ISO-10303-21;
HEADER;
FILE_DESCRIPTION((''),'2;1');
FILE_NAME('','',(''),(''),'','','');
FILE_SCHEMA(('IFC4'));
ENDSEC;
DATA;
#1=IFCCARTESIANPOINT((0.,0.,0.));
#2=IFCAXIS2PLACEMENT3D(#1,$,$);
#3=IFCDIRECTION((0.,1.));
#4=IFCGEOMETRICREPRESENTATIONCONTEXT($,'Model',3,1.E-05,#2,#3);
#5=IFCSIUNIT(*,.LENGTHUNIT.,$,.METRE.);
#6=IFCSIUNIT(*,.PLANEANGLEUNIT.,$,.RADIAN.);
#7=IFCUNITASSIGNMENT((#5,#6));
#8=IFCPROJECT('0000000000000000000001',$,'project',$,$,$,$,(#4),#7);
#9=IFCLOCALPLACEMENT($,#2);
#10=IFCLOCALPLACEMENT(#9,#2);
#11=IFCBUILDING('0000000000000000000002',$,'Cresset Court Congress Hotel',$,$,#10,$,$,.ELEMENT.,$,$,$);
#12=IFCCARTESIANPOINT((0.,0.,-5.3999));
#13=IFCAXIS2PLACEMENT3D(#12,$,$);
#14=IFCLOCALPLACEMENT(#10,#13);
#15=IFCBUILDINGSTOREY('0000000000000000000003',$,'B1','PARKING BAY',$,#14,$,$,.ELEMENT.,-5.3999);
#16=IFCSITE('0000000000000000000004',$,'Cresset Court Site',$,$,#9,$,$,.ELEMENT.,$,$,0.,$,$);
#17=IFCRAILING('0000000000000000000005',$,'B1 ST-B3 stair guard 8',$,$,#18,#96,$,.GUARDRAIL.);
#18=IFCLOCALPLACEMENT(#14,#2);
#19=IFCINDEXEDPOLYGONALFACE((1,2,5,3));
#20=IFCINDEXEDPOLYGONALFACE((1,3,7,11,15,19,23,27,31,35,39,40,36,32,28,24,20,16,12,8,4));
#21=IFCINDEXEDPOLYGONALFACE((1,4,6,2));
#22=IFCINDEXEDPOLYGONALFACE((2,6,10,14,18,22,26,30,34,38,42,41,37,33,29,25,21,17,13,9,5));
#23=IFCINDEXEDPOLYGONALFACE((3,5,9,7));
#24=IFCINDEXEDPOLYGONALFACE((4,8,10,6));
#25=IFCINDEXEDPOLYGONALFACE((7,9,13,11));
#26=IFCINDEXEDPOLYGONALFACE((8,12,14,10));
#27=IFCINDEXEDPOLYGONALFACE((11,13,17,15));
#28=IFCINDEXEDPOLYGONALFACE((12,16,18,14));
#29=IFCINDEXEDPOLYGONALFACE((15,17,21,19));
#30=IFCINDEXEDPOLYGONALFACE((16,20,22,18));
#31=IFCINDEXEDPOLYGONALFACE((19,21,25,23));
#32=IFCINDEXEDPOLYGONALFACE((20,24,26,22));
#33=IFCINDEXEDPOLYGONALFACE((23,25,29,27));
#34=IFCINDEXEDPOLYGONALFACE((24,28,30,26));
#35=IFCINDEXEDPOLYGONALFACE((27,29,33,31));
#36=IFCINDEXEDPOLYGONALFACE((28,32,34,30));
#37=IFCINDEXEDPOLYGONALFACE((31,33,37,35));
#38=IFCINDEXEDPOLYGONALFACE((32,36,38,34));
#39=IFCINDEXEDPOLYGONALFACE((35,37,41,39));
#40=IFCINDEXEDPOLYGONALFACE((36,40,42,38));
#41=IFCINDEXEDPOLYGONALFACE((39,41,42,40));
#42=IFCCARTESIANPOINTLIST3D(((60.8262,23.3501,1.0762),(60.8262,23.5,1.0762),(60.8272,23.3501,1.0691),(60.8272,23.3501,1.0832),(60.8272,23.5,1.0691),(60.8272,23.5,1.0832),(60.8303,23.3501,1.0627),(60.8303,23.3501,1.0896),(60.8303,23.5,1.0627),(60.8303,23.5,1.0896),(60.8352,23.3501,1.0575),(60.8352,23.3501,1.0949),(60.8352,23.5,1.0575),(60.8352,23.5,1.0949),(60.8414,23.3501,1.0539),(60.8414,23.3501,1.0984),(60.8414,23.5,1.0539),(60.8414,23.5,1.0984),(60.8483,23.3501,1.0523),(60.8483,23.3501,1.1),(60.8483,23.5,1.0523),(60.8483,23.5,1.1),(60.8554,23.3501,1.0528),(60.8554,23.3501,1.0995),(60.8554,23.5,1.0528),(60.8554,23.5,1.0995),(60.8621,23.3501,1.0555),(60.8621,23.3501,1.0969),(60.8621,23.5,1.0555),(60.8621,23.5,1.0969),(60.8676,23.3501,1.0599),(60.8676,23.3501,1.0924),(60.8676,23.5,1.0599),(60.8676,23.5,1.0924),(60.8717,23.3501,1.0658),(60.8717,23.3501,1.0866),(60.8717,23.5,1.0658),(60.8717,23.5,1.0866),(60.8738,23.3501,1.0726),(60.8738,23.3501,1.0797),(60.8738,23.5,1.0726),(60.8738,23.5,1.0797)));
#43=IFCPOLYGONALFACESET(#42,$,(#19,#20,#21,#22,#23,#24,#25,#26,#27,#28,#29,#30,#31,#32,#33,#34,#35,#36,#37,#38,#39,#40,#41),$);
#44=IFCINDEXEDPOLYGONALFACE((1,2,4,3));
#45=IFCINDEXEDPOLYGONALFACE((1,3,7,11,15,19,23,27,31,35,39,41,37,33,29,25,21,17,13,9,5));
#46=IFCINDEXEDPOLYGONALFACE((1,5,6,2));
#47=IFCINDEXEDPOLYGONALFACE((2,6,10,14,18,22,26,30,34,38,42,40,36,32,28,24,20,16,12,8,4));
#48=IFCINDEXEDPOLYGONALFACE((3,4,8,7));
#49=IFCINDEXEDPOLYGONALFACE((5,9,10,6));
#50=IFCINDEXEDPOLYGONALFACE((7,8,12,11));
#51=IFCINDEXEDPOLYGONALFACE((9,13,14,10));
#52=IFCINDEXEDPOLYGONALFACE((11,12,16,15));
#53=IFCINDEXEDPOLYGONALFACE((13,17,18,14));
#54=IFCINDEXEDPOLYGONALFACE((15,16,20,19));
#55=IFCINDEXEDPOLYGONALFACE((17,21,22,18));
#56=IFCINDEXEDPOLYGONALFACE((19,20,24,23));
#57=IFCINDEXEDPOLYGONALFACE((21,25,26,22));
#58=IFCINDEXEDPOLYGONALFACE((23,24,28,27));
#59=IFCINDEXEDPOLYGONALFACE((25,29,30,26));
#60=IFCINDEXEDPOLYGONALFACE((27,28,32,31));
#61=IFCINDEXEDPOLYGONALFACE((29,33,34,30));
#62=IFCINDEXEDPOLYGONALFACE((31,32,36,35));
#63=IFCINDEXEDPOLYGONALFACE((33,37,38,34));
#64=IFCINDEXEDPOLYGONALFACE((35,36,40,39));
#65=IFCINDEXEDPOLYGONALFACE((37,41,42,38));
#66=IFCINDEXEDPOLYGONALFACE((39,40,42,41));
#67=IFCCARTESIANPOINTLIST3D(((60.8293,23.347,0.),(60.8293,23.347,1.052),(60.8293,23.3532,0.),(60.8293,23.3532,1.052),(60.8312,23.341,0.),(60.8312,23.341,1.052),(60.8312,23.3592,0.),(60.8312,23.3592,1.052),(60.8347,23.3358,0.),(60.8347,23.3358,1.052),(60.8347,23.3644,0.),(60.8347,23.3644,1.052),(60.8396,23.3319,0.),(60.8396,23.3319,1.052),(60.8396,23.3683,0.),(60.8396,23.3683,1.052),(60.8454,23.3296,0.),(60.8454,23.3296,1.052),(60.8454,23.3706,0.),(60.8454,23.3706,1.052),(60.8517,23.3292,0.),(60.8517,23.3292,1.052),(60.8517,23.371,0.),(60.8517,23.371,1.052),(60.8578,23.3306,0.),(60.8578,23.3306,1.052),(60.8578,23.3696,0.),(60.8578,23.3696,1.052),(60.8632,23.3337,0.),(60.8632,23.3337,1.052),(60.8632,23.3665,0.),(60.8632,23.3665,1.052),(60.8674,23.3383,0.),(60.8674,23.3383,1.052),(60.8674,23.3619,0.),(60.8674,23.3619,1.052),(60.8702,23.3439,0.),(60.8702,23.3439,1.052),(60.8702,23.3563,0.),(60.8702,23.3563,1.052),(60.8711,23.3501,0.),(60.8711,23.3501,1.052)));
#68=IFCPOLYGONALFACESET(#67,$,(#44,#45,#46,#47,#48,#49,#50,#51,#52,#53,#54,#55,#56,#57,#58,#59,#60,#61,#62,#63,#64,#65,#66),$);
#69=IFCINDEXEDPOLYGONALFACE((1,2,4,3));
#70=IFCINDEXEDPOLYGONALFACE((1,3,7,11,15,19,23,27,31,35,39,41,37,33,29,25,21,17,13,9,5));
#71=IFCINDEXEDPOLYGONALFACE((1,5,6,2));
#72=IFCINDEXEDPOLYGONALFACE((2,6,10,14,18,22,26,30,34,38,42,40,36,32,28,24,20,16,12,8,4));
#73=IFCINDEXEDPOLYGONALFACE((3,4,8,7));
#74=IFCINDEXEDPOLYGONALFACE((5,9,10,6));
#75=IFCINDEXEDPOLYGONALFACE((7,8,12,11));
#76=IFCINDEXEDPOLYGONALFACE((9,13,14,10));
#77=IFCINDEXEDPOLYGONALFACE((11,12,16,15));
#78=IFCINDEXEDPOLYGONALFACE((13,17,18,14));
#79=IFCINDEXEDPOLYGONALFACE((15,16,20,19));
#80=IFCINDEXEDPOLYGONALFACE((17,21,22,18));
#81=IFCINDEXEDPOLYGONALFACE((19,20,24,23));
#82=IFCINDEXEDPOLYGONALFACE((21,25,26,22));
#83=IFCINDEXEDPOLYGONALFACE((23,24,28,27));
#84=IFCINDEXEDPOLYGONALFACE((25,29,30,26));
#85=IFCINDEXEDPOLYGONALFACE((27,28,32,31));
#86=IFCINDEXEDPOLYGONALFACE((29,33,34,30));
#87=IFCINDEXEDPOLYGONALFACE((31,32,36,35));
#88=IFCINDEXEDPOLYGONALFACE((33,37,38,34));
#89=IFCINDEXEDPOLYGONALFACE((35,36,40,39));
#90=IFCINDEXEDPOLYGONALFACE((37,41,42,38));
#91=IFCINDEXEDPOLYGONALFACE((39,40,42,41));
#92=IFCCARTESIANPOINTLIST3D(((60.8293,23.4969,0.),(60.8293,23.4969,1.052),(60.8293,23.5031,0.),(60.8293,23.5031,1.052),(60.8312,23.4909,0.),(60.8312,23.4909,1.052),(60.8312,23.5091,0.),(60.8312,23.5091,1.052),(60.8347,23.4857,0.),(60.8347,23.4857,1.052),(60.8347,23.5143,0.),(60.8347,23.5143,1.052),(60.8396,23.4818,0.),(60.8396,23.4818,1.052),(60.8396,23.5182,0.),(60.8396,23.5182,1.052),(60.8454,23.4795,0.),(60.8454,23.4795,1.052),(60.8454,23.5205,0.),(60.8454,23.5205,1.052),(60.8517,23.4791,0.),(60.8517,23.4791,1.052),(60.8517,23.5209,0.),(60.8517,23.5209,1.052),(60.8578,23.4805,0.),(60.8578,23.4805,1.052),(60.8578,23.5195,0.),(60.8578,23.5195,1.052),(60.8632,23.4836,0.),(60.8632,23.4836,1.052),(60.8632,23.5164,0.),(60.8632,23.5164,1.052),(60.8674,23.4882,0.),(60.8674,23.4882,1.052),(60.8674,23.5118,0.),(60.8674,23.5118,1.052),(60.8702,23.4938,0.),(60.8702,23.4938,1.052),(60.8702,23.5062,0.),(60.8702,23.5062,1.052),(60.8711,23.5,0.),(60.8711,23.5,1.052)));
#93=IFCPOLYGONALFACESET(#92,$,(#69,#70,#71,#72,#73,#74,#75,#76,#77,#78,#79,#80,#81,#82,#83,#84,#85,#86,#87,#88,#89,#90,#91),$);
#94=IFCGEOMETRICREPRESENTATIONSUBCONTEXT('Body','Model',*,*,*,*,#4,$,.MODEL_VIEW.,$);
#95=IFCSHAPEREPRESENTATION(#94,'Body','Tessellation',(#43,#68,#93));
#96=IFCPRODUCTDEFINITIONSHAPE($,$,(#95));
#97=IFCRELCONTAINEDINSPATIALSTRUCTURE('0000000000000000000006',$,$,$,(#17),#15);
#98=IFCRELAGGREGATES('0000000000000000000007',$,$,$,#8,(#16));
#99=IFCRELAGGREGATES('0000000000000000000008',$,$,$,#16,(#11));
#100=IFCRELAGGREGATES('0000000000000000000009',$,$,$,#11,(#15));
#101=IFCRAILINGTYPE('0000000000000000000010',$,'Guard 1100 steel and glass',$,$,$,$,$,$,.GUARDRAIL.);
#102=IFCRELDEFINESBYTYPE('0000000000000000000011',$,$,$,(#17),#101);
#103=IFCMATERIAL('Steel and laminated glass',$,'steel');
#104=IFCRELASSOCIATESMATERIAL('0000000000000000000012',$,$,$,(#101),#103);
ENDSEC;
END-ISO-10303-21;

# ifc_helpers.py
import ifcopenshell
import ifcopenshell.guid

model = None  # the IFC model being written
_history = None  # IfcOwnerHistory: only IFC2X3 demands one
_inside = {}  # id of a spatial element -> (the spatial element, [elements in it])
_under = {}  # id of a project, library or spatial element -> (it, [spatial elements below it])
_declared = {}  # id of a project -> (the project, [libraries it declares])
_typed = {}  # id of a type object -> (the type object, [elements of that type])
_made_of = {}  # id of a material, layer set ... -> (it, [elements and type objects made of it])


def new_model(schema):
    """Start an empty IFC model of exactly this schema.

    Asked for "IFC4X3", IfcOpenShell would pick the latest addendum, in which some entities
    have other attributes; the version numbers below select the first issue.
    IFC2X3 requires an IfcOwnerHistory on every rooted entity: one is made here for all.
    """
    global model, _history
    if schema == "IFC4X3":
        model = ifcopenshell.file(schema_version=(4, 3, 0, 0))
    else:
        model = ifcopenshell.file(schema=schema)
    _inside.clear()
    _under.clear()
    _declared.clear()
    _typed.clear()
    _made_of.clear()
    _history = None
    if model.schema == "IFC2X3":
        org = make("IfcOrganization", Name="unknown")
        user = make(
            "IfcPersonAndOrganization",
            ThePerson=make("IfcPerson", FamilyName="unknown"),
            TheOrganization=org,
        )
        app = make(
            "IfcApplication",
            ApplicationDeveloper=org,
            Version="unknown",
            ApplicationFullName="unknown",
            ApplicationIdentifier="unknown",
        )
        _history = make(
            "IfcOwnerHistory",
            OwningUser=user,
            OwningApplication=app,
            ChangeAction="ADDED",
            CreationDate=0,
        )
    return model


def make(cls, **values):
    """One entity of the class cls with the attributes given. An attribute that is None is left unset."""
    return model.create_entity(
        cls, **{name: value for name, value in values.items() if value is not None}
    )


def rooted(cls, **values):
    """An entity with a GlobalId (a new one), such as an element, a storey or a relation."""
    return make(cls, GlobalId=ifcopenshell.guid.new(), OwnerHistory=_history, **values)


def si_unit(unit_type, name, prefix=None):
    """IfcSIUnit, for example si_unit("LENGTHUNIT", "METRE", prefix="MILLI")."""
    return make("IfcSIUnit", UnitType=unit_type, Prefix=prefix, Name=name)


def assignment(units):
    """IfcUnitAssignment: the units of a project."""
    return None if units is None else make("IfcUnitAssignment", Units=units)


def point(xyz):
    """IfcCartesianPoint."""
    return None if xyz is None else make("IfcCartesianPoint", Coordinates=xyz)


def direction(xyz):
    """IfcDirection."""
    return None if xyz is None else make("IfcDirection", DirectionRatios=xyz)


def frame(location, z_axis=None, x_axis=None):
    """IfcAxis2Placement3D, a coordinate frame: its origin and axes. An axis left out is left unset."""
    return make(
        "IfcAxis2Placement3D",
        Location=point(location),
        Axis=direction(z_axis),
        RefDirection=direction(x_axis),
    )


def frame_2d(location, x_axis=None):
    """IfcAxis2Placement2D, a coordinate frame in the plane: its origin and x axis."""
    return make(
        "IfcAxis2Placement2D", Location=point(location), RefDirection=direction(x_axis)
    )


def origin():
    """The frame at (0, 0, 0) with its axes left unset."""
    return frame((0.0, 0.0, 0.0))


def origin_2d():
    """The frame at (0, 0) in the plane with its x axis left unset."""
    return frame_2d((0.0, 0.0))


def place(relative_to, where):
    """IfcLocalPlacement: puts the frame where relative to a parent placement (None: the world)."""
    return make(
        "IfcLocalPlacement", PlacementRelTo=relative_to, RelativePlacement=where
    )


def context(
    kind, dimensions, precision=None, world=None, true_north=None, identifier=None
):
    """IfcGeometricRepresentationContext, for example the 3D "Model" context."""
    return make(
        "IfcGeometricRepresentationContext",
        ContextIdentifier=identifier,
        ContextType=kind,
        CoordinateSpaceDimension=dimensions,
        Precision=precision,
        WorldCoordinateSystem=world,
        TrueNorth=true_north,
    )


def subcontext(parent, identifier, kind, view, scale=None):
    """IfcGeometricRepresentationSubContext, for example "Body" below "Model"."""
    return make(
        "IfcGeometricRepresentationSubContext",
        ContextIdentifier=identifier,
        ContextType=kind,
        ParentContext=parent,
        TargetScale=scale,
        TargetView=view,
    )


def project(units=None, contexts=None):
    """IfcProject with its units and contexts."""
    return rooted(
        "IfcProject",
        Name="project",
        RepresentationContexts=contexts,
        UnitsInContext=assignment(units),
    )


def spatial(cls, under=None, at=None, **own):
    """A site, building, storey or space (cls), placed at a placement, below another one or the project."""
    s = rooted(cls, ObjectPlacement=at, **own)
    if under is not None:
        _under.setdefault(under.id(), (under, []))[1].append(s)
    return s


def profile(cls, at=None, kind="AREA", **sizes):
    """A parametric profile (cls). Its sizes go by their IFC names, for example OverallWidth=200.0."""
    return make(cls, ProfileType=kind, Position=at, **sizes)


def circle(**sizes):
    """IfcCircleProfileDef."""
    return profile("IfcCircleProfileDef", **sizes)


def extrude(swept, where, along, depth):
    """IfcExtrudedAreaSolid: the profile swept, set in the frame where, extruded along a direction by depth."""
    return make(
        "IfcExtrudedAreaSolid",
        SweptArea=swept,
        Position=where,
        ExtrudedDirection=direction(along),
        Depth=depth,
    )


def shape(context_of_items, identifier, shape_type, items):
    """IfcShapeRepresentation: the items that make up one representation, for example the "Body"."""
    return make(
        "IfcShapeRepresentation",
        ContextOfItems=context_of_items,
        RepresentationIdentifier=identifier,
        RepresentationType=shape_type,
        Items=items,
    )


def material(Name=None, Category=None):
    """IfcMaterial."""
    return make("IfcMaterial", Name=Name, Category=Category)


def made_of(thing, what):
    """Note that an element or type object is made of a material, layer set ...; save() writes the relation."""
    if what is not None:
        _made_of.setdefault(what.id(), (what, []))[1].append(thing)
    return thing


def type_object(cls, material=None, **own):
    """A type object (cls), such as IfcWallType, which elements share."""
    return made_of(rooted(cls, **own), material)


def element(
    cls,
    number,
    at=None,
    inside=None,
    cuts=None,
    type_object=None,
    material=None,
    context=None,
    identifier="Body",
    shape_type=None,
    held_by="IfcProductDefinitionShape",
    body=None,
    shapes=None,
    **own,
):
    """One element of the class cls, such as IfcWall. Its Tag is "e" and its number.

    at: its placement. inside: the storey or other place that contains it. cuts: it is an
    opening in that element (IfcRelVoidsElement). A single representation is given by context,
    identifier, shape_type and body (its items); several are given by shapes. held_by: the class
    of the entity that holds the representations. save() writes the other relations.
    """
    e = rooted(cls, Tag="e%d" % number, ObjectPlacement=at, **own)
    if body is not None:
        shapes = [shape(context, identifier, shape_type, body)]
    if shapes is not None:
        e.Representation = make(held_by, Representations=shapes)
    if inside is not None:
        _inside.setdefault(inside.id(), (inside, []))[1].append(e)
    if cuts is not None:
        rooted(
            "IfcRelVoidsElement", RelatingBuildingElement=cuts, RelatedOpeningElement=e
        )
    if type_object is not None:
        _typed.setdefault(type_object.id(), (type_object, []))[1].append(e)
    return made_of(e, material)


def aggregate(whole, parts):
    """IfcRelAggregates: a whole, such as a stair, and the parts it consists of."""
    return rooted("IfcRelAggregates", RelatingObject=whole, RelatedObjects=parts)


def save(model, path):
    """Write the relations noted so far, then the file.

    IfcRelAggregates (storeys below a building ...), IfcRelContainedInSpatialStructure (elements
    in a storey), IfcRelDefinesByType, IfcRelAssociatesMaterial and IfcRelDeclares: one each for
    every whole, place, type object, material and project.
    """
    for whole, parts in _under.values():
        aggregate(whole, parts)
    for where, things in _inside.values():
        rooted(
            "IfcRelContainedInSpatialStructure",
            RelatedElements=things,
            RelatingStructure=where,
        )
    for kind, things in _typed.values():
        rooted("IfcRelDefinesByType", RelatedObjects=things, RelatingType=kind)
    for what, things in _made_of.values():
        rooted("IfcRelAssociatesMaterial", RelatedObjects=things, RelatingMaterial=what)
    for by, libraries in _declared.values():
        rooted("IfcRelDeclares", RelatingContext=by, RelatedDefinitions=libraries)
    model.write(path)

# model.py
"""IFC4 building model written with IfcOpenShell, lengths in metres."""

from ifc_helpers import new_model, si_unit, direction, frame, origin, origin_2d, place, context, subcontext, project, spatial, circle, extrude, material, type_object, element, save


model = new_model("IFC4")

# Units and contexts
model_context = context("Model", 3, precision=1e-05, world=origin(), true_north=direction((0.0, 1.0)))
body_context = subcontext(model_context, "Body", "Model", "MODEL_VIEW")
ifc_project = project(units=[si_unit("LENGTHUNIT", "METRE"), si_unit("PLANEANGLEUNIT", "RADIAN")], contexts=[model_context])

# Site, building, storey
site_placement = place(None, origin())
site = spatial("IfcSite", under=ifc_project, at=site_placement, Name="Cresset Court Site", CompositionType="ELEMENT", RefElevation=0.0)
building_placement = place(site_placement, origin())
building = spatial("IfcBuilding", under=site, at=building_placement, Name="Cresset Court Congress Hotel", CompositionType="ELEMENT")
storey_placement = place(building_placement, frame((0.0, 0.0, -5.3999)))
storey = spatial("IfcBuildingStorey", under=building, at=storey_placement, Name="B1", Description="PARKING BAY", CompositionType="ELEMENT", Elevation=-5.3999)

# Railing
ifc_material_1 = material(Name="Steel and laminated glass", Category="steel")
railing_type_1 = type_object("IfcRailingType", Name="Guard 1100 steel and glass", PredefinedType="GUARDRAIL", material=ifc_material_1)
railing_1_placement = place(storey_placement, frame((60.8501, 23.3501, 0.0)))
element("IfcRailing", 1, at=railing_1_placement, inside=storey, type_object=railing_type_1, Name="B1 ST-B3 stair guard 8", PredefinedType="GUARDRAIL", context=body_context, shape_type="SweptSolid", body=[
    extrude(circle(Radius=0.0239, at=origin_2d()), frame((0.0, 0.0, 1.0762), z_axis=(0.0, 1.0, 0.0), x_axis=(-1.0, 0.0, 0.0)), (0.0, 0.0, 1.0), 0.1499),
    extrude(circle(Radius=0.021, at=origin_2d()), origin(), (0.0, 0.0, 1.0), 1.052),
    extrude(circle(Radius=0.021, at=origin_2d()), frame((0.0, 0.1499, 0.0)), (0.0, 0.0, 1.0), 1.052),
])

save(model, "model.ifc")
